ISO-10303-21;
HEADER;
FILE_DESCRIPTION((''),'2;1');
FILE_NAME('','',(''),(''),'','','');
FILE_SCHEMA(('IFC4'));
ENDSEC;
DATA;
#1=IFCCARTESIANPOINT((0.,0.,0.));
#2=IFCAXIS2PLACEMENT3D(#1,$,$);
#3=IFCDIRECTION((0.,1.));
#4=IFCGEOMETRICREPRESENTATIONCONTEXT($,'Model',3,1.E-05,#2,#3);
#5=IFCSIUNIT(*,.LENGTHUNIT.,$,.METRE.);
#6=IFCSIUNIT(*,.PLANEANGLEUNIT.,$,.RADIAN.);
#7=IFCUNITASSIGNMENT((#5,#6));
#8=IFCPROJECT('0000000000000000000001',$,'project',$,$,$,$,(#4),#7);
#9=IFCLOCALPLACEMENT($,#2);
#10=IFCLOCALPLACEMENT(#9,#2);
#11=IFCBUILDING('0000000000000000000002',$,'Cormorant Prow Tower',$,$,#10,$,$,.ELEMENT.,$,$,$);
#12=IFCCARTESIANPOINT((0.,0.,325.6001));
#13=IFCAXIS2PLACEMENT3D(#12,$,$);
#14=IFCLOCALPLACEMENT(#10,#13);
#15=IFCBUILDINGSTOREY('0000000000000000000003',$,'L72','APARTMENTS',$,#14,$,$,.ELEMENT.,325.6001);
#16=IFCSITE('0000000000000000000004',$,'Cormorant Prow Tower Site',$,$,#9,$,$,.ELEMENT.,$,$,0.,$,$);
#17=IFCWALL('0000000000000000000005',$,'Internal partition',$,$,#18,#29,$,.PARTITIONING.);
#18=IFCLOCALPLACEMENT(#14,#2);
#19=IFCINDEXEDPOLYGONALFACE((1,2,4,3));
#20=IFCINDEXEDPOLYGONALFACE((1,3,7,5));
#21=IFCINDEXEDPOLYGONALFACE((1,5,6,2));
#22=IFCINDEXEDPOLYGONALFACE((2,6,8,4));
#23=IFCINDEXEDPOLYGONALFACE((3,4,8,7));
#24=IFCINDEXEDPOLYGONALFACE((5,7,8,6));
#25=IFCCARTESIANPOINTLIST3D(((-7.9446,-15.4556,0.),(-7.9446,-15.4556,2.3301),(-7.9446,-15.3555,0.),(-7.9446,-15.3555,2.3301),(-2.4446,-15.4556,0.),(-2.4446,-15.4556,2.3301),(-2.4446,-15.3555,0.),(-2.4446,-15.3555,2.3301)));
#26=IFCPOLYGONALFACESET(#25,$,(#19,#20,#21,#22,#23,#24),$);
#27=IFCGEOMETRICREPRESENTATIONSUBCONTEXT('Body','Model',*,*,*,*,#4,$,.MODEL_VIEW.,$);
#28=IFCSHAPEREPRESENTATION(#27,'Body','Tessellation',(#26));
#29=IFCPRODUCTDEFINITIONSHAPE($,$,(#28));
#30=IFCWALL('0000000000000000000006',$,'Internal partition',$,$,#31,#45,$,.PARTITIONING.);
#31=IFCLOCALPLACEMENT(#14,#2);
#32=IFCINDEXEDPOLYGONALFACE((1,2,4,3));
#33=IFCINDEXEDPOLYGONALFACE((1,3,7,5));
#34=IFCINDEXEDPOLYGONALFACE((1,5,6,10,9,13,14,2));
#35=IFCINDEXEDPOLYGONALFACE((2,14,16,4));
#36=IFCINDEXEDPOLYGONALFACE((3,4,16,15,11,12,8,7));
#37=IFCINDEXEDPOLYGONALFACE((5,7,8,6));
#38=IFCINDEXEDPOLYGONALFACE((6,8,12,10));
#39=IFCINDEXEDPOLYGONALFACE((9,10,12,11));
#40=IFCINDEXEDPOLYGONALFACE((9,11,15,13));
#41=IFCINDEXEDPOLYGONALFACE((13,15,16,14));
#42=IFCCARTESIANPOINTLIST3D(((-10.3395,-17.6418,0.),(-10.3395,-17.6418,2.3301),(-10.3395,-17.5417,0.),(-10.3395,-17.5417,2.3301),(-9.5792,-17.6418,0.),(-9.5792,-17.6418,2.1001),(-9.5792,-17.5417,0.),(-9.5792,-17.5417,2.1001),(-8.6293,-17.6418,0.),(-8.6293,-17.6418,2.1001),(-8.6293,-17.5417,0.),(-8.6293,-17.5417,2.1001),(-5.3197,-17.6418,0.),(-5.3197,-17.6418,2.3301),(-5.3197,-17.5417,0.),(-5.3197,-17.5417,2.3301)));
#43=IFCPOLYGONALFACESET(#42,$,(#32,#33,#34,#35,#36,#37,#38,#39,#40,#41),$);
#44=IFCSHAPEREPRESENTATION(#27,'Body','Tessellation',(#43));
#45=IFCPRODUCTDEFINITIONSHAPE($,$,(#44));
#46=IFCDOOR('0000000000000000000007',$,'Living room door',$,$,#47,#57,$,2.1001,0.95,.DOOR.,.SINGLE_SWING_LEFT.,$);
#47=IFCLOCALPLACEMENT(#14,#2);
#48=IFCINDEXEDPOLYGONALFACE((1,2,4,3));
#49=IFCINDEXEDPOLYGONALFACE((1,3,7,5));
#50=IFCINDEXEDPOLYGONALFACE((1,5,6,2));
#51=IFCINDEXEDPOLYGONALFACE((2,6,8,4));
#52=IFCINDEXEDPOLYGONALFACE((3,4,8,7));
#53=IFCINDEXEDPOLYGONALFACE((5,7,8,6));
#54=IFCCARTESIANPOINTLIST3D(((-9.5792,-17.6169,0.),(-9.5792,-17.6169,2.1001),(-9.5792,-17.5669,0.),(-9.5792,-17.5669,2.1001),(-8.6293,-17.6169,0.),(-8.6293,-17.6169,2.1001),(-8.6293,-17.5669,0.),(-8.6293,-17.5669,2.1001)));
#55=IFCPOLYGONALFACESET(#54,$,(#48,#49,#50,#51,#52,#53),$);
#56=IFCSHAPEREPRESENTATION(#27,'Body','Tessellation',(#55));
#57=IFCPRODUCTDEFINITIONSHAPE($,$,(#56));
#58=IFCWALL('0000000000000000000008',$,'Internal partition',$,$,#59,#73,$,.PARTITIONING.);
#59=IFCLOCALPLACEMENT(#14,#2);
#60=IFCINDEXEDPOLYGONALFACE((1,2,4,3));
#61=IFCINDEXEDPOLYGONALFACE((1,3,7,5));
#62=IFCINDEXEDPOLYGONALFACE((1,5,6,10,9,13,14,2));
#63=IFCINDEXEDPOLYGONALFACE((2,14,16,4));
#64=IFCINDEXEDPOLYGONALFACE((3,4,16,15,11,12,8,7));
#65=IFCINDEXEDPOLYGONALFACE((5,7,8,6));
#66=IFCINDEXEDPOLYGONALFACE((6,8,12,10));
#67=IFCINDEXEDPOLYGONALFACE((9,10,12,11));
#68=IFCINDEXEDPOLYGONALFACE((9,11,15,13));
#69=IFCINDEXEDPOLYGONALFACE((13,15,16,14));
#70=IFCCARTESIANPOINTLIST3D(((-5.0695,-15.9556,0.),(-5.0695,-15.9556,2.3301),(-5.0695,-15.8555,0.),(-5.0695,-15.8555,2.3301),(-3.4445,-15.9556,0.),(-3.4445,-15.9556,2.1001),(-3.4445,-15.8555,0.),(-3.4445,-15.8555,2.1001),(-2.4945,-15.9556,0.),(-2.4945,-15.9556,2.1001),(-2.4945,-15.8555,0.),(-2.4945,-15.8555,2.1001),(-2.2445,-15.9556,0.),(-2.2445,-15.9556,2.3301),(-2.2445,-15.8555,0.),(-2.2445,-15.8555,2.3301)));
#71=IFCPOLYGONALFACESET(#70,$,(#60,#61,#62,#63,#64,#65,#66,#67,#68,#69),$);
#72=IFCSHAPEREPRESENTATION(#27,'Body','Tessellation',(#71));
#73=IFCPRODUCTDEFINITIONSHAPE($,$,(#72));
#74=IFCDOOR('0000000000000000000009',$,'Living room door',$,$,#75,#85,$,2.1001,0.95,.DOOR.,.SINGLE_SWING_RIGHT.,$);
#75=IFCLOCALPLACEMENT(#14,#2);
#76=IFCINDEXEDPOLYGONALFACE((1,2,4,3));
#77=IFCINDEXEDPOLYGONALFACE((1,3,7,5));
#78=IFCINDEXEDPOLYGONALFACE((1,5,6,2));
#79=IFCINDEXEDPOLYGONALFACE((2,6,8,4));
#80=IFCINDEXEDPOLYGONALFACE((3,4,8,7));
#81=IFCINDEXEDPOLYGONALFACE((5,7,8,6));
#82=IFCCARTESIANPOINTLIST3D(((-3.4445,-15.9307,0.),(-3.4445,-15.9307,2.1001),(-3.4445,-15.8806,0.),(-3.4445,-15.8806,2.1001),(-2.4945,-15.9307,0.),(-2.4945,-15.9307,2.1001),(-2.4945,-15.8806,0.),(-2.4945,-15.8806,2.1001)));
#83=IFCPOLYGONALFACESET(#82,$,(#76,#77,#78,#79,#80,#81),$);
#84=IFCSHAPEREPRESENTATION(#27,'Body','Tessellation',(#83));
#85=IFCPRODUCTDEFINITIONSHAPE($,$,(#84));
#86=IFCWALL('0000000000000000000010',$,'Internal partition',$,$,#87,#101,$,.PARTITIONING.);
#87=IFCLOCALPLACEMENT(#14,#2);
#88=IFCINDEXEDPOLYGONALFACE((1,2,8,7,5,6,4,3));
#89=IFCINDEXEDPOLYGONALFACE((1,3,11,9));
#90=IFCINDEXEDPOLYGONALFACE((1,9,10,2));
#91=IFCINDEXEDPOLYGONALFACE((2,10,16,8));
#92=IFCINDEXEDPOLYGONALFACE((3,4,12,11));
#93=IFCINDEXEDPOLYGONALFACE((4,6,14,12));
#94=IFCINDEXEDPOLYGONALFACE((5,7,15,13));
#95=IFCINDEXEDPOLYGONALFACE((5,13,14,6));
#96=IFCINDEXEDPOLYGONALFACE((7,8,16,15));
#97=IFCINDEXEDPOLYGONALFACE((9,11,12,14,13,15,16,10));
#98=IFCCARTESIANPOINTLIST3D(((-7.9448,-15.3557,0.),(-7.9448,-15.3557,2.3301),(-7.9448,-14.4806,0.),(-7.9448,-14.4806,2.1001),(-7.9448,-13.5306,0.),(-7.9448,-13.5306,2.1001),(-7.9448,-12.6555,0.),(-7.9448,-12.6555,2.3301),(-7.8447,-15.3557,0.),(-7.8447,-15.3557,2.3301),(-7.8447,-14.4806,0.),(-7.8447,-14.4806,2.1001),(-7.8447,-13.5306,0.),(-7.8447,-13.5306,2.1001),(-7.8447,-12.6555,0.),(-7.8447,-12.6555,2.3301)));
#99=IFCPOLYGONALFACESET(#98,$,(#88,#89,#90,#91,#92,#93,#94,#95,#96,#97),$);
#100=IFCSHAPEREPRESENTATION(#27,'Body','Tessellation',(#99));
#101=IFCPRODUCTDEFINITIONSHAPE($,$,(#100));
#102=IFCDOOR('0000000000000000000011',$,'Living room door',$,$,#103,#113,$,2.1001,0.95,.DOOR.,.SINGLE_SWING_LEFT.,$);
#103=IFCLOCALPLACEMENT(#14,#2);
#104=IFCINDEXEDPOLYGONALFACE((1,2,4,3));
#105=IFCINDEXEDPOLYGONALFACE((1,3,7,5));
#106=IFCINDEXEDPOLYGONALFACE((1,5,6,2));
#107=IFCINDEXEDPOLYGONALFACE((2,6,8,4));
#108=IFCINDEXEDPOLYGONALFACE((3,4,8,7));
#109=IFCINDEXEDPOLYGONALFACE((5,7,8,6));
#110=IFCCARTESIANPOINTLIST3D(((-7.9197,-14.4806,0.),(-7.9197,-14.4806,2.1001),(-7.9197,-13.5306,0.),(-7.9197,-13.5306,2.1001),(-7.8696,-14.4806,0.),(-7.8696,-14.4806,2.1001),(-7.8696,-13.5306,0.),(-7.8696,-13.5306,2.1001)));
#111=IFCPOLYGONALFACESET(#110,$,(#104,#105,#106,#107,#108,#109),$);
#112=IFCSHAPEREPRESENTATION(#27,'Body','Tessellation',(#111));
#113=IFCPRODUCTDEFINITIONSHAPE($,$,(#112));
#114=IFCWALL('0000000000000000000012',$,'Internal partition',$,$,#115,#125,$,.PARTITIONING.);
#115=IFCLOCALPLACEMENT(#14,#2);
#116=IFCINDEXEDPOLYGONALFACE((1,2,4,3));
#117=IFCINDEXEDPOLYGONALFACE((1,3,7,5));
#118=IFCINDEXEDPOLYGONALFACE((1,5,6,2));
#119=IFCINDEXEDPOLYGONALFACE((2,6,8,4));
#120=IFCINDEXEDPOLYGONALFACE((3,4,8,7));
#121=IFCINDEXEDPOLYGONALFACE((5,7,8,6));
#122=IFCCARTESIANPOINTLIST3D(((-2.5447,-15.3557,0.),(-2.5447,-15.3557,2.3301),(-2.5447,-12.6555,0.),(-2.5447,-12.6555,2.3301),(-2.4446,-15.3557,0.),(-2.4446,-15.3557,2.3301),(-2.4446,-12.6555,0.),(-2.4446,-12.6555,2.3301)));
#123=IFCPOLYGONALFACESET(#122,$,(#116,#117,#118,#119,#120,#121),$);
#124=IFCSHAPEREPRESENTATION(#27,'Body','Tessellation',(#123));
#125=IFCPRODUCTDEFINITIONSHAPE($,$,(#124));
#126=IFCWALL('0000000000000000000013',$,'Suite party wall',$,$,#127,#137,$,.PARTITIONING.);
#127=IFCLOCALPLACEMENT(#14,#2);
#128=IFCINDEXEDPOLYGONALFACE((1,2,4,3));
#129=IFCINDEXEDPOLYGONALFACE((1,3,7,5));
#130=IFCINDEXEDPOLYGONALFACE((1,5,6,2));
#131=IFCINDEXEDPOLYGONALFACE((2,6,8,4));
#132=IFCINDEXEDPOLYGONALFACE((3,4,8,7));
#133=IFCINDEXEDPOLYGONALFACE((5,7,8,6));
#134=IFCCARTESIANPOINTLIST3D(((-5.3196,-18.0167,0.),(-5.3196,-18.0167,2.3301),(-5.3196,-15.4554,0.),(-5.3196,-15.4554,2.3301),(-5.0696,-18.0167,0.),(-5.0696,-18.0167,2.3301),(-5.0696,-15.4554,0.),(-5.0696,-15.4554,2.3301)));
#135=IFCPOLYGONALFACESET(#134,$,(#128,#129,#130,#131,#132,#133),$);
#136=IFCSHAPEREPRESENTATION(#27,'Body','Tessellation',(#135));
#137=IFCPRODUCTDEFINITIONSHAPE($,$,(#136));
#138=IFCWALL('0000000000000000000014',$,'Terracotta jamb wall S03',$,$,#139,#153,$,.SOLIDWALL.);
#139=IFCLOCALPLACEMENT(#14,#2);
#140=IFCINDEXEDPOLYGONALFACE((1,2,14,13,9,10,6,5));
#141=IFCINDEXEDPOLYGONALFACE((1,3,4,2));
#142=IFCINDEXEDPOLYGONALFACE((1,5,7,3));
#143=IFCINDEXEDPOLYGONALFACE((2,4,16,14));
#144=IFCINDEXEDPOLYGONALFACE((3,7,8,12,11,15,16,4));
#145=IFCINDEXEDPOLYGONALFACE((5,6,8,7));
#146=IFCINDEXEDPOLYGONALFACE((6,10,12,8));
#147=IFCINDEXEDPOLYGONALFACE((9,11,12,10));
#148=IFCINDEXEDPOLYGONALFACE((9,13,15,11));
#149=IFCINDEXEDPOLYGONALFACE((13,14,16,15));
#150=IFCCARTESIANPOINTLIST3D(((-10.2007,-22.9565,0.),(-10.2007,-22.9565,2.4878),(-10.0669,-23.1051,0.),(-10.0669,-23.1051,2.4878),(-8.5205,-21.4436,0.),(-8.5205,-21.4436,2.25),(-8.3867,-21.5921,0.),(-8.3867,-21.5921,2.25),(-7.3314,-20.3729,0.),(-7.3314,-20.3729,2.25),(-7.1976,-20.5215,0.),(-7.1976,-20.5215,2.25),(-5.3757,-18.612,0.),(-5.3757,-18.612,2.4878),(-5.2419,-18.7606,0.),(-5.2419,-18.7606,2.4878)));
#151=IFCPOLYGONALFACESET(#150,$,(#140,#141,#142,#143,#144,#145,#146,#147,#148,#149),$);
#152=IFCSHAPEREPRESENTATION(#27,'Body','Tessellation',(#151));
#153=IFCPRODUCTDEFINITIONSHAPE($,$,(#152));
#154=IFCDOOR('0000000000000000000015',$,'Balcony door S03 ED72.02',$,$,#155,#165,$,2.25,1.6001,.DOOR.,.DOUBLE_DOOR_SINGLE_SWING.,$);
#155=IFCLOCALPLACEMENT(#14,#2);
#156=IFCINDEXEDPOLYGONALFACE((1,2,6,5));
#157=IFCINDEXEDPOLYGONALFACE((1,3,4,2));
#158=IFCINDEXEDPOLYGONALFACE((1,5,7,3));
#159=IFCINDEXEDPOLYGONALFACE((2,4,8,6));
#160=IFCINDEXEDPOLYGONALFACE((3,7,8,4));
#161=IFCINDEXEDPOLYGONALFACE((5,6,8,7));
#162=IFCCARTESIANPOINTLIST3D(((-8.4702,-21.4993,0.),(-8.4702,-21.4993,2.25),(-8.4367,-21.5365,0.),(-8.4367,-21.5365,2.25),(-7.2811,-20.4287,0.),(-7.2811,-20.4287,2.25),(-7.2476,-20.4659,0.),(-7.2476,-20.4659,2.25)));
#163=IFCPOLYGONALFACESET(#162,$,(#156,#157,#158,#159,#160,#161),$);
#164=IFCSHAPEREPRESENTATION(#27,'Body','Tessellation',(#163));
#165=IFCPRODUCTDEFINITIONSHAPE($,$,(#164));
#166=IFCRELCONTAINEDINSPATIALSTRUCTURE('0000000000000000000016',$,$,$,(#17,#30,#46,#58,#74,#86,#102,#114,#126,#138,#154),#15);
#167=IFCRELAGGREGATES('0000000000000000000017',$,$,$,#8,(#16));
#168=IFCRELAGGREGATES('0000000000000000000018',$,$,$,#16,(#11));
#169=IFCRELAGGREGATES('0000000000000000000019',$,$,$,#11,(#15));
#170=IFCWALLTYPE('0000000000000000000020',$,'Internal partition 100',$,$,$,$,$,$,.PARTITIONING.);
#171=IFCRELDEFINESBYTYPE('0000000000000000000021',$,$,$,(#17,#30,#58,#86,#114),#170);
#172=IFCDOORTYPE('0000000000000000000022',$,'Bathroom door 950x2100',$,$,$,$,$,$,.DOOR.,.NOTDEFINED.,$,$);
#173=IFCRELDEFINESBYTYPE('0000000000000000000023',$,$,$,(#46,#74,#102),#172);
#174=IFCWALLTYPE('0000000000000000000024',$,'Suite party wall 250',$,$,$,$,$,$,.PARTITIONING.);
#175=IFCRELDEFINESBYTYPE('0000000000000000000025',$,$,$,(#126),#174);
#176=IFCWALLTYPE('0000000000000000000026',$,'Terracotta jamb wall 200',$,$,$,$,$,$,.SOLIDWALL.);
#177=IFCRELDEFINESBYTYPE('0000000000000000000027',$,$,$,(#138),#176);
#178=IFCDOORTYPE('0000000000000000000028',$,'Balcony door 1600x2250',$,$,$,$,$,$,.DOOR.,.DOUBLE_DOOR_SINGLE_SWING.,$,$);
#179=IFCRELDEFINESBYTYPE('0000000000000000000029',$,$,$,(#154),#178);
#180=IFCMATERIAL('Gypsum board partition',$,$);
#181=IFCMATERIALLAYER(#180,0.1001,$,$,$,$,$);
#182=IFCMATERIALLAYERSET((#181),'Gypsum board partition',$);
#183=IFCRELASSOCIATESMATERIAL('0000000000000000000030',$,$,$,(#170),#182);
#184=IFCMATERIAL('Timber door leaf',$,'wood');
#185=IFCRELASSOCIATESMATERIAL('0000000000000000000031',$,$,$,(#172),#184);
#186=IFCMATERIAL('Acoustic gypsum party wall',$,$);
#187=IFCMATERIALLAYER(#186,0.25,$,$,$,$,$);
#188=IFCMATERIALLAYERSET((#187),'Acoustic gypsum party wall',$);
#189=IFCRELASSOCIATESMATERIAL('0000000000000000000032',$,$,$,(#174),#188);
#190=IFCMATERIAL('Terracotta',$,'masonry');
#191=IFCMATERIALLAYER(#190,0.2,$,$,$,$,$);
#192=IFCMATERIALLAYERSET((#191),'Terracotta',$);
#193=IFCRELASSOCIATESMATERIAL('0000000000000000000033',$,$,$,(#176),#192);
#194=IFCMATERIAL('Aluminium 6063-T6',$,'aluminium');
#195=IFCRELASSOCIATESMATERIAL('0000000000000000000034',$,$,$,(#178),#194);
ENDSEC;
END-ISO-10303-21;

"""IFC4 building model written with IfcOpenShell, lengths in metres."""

from ifc_helpers import new_model, si_unit, direction, frame, frame_2d, origin, place, context, subcontext, project, spatial, rectangle, extrude, material, layer, layer_set, type_object, element, fill, save


model = new_model("IFC4")

# Units and contexts
model_context = context("Model", 3, precision=1e-05, world=origin(), true_north=direction((0.0, 1.0)))
body_context = subcontext(model_context, "Body", "Model", "MODEL_VIEW")
ifc_project = project(units=[si_unit("LENGTHUNIT", "METRE"), si_unit("PLANEANGLEUNIT", "RADIAN")], contexts=[model_context])

# Site, building, storey
site_placement = place(None, origin())
site = spatial("IfcSite", under=ifc_project, at=site_placement, Name="Cormorant Prow Tower Site", CompositionType="ELEMENT", RefElevation=0.0)
building_placement = place(site_placement, origin())
building = spatial("IfcBuilding", under=site, at=building_placement, Name="Cormorant Prow Tower", CompositionType="ELEMENT")
storey_placement = place(building_placement, frame((0.0, 0.0, 325.6001)))
storey = spatial("IfcBuildingStorey", under=building, at=storey_placement, Name="L72", Description="APARTMENTS", CompositionType="ELEMENT", Elevation=325.6001)

# Shared definitions
ifc_material_1 = material(Name="Gypsum board partition")
ifc_layer_1 = layer(ifc_material_1, 0.1001)
ifc_layer_set_1 = layer_set([ifc_layer_1], Name="Gypsum board partition")
wall_type_1 = type_object("IfcWallType", Name="Internal partition 100", PredefinedType="PARTITIONING", material=ifc_layer_set_1)
ifc_material_2 = material(Name="Timber door leaf", Category="wood")
door_type_1 = type_object("IfcDoorType", Name="Bathroom door 950x2100", OperationType="NOTDEFINED", PredefinedType="DOOR", material=ifc_material_2)

# Wall
wall_1_placement = place(storey_placement, frame((-7.9446, -15.4055, 0.0), z_axis=(0.0, 0.0, 1.0), x_axis=(1.0, 0.0, 0.0)))
element("IfcWall", 1, at=wall_1_placement, inside=storey, type_object=wall_type_1, Name="Internal partition", PredefinedType="PARTITIONING", context=body_context, shape_type="SweptSolid", body=[
    extrude(rectangle(XDim=5.5, YDim=0.1001, at=frame_2d((2.75, 0.0))), origin(), (0.0, 0.0, 1.0), 2.3301),
])

# Walls, openings, doors
wall_2_placement = place(storey_placement, frame((-10.3394, -17.5918, 0.0), z_axis=(0.0, 0.0, 1.0), x_axis=(1.0, 0.0, 0.0)))
wall_2 = element("IfcWall", 2, at=wall_2_placement, inside=storey, type_object=wall_type_1, Name="Internal partition", PredefinedType="PARTITIONING", context=body_context, shape_type="SweptSolid", body=[
    extrude(rectangle(XDim=5.0198, YDim=0.1001, at=frame_2d((2.5098, 0.0))), origin(), (0.0, 0.0, 1.0), 2.3301),
])
opening_1_placement = place(wall_2_placement, frame((0.76, 0.0, 0.0)))
opening_1 = element("IfcOpeningElement", 3, at=opening_1_placement, cuts=wall_2, PredefinedType="OPENING", context=body_context, shape_type="SweptSolid", body=[
    extrude(rectangle(XDim=0.95, YDim=2.1001, at=frame_2d((0.4751, 1.05))), frame((0.0, 0.0601, 0.0), z_axis=(0.0, -1.0, 0.0), x_axis=(1.0, 0.0, 0.0)), (0.0, 0.0, 1.0), 0.1201),
])
door_1_placement = place(opening_1_placement, origin())
door_1 = element("IfcDoor", 4, at=door_1_placement, inside=storey, type_object=door_type_1, Name="Living room door", OperationType="SINGLE_SWING_LEFT", OverallHeight=2.1001, OverallWidth=0.95, PredefinedType="DOOR", context=body_context, shape_type="SweptSolid", body=[
    extrude(rectangle(XDim=0.95, YDim=2.1001, at=frame_2d((0.4751, 1.05))), frame((0.0, 0.0249, 0.0), z_axis=(0.0, -1.0, 0.0), x_axis=(1.0, 0.0, 0.0)), (0.0, 0.0, 1.0), 0.05),
])
fill(opening_1, door_1)
wall_3_placement = place(storey_placement, frame((-5.0696, -15.9055, 0.0), z_axis=(0.0, 0.0, 1.0), x_axis=(1.0, 0.0, 0.0)))
wall_3 = element("IfcWall", 5, at=wall_3_placement, inside=storey, type_object=wall_type_1, Name="Internal partition", PredefinedType="PARTITIONING", context=body_context, shape_type="SweptSolid", body=[
    extrude(rectangle(XDim=2.825, YDim=0.1001, at=frame_2d((1.4126, 0.0))), origin(), (0.0, 0.0, 1.0), 2.3301),
])
opening_2_placement = place(wall_3_placement, frame((1.625, 0.0, 0.0)))
opening_2 = element("IfcOpeningElement", 6, at=opening_2_placement, cuts=wall_3, PredefinedType="OPENING", context=body_context, shape_type="SweptSolid", body=[
    extrude(rectangle(XDim=0.95, YDim=2.1001, at=frame_2d((0.4751, 1.05))), frame((0.0, 0.0601, 0.0), z_axis=(0.0, -1.0, 0.0), x_axis=(1.0, 0.0, 0.0)), (0.0, 0.0, 1.0), 0.1201),
])
door_2_placement = place(opening_2_placement, origin())
door_2 = element("IfcDoor", 7, at=door_2_placement, inside=storey, type_object=door_type_1, Name="Living room door", OperationType="SINGLE_SWING_RIGHT", OverallHeight=2.1001, OverallWidth=0.95, PredefinedType="DOOR", context=body_context, shape_type="SweptSolid", body=[
    extrude(rectangle(XDim=0.95, YDim=2.1001, at=frame_2d((0.4751, 1.05))), frame((0.0, 0.0249, 0.0), z_axis=(0.0, -1.0, 0.0), x_axis=(1.0, 0.0, 0.0)), (0.0, 0.0, 1.0), 0.05),
])
fill(opening_2, door_2)
wall_4_placement = place(storey_placement, frame((-7.8948, -15.3557, 0.0), z_axis=(0.0, 0.0, 1.0), x_axis=(0.0, 1.0, 0.0)))
wall_4 = element("IfcWall", 8, at=wall_4_placement, inside=storey, type_object=wall_type_1, Name="Internal partition", PredefinedType="PARTITIONING", context=body_context, shape_type="SweptSolid", body=[
    extrude(rectangle(XDim=2.7002, YDim=0.1001, at=frame_2d((1.3501, 0.0))), origin(), (0.0, 0.0, 1.0), 2.3301),
])
opening_3_placement = place(wall_4_placement, frame((0.875, 0.0, 0.0)))
opening_3 = element("IfcOpeningElement", 9, at=opening_3_placement, cuts=wall_4, PredefinedType="OPENING", context=body_context, shape_type="SweptSolid", body=[
    extrude(rectangle(XDim=0.95, YDim=2.1001, at=frame_2d((0.4751, 1.05))), frame((0.0, 0.0601, 0.0), z_axis=(0.0, -1.0, 0.0), x_axis=(1.0, 0.0, 0.0)), (0.0, 0.0, 1.0), 0.1201),
])
door_3_placement = place(opening_3_placement, origin())
door_3 = element("IfcDoor", 10, at=door_3_placement, inside=storey, type_object=door_type_1, Name="Living room door", OperationType="SINGLE_SWING_LEFT", OverallHeight=2.1001, OverallWidth=0.95, PredefinedType="DOOR", context=body_context, shape_type="SweptSolid", body=[
    extrude(rectangle(XDim=0.95, YDim=2.1001, at=frame_2d((0.4751, 1.05))), frame((0.0, 0.0249, 0.0), z_axis=(0.0, -1.0, 0.0), x_axis=(1.0, 0.0, 0.0)), (0.0, 0.0, 1.0), 0.05),
])
fill(opening_3, door_3)

# Walls
wall_5_placement = place(storey_placement, frame((-2.4946, -15.3557, 0.0), z_axis=(0.0, 0.0, 1.0), x_axis=(0.0, 1.0, 0.0)))
element("IfcWall", 11, at=wall_5_placement, inside=storey, type_object=wall_type_1, Name="Internal partition", PredefinedType="PARTITIONING", context=body_context, shape_type="SweptSolid", body=[
    extrude(rectangle(XDim=2.7002, YDim=0.1001, at=frame_2d((1.3501, 0.0))), origin(), (0.0, 0.0, 1.0), 2.3301),
])
ifc_material_3 = material(Name="Acoustic gypsum party wall")
ifc_layer_2 = layer(ifc_material_3, 0.25)
ifc_layer_set_2 = layer_set([ifc_layer_2], Name="Acoustic gypsum party wall")
wall_type_2 = type_object("IfcWallType", Name="Suite party wall 250", PredefinedType="PARTITIONING", material=ifc_layer_set_2)
wall_6_placement = place(storey_placement, frame((-5.1946, -18.0168, 0.0), z_axis=(0.0, 0.0, 1.0), x_axis=(0.0, 1.0, 0.0)))
element("IfcWall", 12, at=wall_6_placement, inside=storey, type_object=wall_type_2, Name="Suite party wall", PredefinedType="PARTITIONING", context=body_context, shape_type="SweptSolid", body=[
    extrude(rectangle(XDim=2.5613, YDim=0.25, at=frame_2d((1.2808, 0.0))), origin(), (0.0, 0.0, 1.0), 2.3301),
])

# Wall, opening, door
ifc_material_4 = material(Name="Terracotta", Category="masonry")
ifc_layer_3 = layer(ifc_material_4, 0.2)
ifc_layer_set_3 = layer_set([ifc_layer_3], Name="Terracotta")
wall_type_3 = type_object("IfcWallType", Name="Terracotta jamb wall 200", PredefinedType="SOLIDWALL", material=ifc_layer_set_3)
wall_7_placement = place(storey_placement, frame((-10.1338, -23.0308, 0.0), z_axis=(0.0, 0.0, 1.0), x_axis=(0.743139, 0.669137, 0.0)))
wall_7 = element("IfcWall", 13, at=wall_7_placement, inside=storey, type_object=wall_type_3, Name="Terracotta jamb wall S03", PredefinedType="SOLIDWALL", context=body_context, shape_type="SweptSolid", body=[
    extrude(rectangle(XDim=6.4927, YDim=0.2, at=frame_2d((3.2463, 0.0))), origin(), (0.0, 0.0, 1.0), 2.4878),
])
opening_4_placement = place(wall_7_placement, frame((2.261, 0.0, 0.0)))
opening_4 = element("IfcOpeningElement", 14, at=opening_4_placement, cuts=wall_7, PredefinedType="OPENING", context=body_context, shape_type="SweptSolid", body=[
    extrude(rectangle(XDim=1.6001, YDim=2.25, at=frame_2d((0.8, 1.125))), frame((0.0, 0.1099, 0.0), z_axis=(0.0, -1.0, 0.0), x_axis=(1.0, 0.0, 0.0)), (0.0, 0.0, 1.0), 0.22),
])
ifc_material_5 = material(Name="Aluminium 6063-T6", Category="aluminium")
door_type_2 = type_object("IfcDoorType", Name="Balcony door 1600x2250", OperationType="DOUBLE_DOOR_SINGLE_SWING", PredefinedType="DOOR", material=ifc_material_5)
door_4_placement = place(opening_4_placement, origin())
door_4 = element("IfcDoor", 15, at=door_4_placement, inside=storey, type_object=door_type_2, Name="Balcony door S03 ED72.02", OperationType="DOUBLE_DOOR_SINGLE_SWING", OverallHeight=2.25, OverallWidth=1.6001, PredefinedType="DOOR", context=body_context, shape_type="SweptSolid", body=[
    extrude(rectangle(XDim=1.6001, YDim=2.25, at=frame_2d((0.8, 1.125))), frame((0.0, 0.0249, 0.0), z_axis=(0.0, -1.0, 0.0), x_axis=(1.0, 0.0, 0.0)), (0.0, 0.0, 1.0), 0.05),
])
fill(opening_4, door_4)

save(model, "model.ifc")
